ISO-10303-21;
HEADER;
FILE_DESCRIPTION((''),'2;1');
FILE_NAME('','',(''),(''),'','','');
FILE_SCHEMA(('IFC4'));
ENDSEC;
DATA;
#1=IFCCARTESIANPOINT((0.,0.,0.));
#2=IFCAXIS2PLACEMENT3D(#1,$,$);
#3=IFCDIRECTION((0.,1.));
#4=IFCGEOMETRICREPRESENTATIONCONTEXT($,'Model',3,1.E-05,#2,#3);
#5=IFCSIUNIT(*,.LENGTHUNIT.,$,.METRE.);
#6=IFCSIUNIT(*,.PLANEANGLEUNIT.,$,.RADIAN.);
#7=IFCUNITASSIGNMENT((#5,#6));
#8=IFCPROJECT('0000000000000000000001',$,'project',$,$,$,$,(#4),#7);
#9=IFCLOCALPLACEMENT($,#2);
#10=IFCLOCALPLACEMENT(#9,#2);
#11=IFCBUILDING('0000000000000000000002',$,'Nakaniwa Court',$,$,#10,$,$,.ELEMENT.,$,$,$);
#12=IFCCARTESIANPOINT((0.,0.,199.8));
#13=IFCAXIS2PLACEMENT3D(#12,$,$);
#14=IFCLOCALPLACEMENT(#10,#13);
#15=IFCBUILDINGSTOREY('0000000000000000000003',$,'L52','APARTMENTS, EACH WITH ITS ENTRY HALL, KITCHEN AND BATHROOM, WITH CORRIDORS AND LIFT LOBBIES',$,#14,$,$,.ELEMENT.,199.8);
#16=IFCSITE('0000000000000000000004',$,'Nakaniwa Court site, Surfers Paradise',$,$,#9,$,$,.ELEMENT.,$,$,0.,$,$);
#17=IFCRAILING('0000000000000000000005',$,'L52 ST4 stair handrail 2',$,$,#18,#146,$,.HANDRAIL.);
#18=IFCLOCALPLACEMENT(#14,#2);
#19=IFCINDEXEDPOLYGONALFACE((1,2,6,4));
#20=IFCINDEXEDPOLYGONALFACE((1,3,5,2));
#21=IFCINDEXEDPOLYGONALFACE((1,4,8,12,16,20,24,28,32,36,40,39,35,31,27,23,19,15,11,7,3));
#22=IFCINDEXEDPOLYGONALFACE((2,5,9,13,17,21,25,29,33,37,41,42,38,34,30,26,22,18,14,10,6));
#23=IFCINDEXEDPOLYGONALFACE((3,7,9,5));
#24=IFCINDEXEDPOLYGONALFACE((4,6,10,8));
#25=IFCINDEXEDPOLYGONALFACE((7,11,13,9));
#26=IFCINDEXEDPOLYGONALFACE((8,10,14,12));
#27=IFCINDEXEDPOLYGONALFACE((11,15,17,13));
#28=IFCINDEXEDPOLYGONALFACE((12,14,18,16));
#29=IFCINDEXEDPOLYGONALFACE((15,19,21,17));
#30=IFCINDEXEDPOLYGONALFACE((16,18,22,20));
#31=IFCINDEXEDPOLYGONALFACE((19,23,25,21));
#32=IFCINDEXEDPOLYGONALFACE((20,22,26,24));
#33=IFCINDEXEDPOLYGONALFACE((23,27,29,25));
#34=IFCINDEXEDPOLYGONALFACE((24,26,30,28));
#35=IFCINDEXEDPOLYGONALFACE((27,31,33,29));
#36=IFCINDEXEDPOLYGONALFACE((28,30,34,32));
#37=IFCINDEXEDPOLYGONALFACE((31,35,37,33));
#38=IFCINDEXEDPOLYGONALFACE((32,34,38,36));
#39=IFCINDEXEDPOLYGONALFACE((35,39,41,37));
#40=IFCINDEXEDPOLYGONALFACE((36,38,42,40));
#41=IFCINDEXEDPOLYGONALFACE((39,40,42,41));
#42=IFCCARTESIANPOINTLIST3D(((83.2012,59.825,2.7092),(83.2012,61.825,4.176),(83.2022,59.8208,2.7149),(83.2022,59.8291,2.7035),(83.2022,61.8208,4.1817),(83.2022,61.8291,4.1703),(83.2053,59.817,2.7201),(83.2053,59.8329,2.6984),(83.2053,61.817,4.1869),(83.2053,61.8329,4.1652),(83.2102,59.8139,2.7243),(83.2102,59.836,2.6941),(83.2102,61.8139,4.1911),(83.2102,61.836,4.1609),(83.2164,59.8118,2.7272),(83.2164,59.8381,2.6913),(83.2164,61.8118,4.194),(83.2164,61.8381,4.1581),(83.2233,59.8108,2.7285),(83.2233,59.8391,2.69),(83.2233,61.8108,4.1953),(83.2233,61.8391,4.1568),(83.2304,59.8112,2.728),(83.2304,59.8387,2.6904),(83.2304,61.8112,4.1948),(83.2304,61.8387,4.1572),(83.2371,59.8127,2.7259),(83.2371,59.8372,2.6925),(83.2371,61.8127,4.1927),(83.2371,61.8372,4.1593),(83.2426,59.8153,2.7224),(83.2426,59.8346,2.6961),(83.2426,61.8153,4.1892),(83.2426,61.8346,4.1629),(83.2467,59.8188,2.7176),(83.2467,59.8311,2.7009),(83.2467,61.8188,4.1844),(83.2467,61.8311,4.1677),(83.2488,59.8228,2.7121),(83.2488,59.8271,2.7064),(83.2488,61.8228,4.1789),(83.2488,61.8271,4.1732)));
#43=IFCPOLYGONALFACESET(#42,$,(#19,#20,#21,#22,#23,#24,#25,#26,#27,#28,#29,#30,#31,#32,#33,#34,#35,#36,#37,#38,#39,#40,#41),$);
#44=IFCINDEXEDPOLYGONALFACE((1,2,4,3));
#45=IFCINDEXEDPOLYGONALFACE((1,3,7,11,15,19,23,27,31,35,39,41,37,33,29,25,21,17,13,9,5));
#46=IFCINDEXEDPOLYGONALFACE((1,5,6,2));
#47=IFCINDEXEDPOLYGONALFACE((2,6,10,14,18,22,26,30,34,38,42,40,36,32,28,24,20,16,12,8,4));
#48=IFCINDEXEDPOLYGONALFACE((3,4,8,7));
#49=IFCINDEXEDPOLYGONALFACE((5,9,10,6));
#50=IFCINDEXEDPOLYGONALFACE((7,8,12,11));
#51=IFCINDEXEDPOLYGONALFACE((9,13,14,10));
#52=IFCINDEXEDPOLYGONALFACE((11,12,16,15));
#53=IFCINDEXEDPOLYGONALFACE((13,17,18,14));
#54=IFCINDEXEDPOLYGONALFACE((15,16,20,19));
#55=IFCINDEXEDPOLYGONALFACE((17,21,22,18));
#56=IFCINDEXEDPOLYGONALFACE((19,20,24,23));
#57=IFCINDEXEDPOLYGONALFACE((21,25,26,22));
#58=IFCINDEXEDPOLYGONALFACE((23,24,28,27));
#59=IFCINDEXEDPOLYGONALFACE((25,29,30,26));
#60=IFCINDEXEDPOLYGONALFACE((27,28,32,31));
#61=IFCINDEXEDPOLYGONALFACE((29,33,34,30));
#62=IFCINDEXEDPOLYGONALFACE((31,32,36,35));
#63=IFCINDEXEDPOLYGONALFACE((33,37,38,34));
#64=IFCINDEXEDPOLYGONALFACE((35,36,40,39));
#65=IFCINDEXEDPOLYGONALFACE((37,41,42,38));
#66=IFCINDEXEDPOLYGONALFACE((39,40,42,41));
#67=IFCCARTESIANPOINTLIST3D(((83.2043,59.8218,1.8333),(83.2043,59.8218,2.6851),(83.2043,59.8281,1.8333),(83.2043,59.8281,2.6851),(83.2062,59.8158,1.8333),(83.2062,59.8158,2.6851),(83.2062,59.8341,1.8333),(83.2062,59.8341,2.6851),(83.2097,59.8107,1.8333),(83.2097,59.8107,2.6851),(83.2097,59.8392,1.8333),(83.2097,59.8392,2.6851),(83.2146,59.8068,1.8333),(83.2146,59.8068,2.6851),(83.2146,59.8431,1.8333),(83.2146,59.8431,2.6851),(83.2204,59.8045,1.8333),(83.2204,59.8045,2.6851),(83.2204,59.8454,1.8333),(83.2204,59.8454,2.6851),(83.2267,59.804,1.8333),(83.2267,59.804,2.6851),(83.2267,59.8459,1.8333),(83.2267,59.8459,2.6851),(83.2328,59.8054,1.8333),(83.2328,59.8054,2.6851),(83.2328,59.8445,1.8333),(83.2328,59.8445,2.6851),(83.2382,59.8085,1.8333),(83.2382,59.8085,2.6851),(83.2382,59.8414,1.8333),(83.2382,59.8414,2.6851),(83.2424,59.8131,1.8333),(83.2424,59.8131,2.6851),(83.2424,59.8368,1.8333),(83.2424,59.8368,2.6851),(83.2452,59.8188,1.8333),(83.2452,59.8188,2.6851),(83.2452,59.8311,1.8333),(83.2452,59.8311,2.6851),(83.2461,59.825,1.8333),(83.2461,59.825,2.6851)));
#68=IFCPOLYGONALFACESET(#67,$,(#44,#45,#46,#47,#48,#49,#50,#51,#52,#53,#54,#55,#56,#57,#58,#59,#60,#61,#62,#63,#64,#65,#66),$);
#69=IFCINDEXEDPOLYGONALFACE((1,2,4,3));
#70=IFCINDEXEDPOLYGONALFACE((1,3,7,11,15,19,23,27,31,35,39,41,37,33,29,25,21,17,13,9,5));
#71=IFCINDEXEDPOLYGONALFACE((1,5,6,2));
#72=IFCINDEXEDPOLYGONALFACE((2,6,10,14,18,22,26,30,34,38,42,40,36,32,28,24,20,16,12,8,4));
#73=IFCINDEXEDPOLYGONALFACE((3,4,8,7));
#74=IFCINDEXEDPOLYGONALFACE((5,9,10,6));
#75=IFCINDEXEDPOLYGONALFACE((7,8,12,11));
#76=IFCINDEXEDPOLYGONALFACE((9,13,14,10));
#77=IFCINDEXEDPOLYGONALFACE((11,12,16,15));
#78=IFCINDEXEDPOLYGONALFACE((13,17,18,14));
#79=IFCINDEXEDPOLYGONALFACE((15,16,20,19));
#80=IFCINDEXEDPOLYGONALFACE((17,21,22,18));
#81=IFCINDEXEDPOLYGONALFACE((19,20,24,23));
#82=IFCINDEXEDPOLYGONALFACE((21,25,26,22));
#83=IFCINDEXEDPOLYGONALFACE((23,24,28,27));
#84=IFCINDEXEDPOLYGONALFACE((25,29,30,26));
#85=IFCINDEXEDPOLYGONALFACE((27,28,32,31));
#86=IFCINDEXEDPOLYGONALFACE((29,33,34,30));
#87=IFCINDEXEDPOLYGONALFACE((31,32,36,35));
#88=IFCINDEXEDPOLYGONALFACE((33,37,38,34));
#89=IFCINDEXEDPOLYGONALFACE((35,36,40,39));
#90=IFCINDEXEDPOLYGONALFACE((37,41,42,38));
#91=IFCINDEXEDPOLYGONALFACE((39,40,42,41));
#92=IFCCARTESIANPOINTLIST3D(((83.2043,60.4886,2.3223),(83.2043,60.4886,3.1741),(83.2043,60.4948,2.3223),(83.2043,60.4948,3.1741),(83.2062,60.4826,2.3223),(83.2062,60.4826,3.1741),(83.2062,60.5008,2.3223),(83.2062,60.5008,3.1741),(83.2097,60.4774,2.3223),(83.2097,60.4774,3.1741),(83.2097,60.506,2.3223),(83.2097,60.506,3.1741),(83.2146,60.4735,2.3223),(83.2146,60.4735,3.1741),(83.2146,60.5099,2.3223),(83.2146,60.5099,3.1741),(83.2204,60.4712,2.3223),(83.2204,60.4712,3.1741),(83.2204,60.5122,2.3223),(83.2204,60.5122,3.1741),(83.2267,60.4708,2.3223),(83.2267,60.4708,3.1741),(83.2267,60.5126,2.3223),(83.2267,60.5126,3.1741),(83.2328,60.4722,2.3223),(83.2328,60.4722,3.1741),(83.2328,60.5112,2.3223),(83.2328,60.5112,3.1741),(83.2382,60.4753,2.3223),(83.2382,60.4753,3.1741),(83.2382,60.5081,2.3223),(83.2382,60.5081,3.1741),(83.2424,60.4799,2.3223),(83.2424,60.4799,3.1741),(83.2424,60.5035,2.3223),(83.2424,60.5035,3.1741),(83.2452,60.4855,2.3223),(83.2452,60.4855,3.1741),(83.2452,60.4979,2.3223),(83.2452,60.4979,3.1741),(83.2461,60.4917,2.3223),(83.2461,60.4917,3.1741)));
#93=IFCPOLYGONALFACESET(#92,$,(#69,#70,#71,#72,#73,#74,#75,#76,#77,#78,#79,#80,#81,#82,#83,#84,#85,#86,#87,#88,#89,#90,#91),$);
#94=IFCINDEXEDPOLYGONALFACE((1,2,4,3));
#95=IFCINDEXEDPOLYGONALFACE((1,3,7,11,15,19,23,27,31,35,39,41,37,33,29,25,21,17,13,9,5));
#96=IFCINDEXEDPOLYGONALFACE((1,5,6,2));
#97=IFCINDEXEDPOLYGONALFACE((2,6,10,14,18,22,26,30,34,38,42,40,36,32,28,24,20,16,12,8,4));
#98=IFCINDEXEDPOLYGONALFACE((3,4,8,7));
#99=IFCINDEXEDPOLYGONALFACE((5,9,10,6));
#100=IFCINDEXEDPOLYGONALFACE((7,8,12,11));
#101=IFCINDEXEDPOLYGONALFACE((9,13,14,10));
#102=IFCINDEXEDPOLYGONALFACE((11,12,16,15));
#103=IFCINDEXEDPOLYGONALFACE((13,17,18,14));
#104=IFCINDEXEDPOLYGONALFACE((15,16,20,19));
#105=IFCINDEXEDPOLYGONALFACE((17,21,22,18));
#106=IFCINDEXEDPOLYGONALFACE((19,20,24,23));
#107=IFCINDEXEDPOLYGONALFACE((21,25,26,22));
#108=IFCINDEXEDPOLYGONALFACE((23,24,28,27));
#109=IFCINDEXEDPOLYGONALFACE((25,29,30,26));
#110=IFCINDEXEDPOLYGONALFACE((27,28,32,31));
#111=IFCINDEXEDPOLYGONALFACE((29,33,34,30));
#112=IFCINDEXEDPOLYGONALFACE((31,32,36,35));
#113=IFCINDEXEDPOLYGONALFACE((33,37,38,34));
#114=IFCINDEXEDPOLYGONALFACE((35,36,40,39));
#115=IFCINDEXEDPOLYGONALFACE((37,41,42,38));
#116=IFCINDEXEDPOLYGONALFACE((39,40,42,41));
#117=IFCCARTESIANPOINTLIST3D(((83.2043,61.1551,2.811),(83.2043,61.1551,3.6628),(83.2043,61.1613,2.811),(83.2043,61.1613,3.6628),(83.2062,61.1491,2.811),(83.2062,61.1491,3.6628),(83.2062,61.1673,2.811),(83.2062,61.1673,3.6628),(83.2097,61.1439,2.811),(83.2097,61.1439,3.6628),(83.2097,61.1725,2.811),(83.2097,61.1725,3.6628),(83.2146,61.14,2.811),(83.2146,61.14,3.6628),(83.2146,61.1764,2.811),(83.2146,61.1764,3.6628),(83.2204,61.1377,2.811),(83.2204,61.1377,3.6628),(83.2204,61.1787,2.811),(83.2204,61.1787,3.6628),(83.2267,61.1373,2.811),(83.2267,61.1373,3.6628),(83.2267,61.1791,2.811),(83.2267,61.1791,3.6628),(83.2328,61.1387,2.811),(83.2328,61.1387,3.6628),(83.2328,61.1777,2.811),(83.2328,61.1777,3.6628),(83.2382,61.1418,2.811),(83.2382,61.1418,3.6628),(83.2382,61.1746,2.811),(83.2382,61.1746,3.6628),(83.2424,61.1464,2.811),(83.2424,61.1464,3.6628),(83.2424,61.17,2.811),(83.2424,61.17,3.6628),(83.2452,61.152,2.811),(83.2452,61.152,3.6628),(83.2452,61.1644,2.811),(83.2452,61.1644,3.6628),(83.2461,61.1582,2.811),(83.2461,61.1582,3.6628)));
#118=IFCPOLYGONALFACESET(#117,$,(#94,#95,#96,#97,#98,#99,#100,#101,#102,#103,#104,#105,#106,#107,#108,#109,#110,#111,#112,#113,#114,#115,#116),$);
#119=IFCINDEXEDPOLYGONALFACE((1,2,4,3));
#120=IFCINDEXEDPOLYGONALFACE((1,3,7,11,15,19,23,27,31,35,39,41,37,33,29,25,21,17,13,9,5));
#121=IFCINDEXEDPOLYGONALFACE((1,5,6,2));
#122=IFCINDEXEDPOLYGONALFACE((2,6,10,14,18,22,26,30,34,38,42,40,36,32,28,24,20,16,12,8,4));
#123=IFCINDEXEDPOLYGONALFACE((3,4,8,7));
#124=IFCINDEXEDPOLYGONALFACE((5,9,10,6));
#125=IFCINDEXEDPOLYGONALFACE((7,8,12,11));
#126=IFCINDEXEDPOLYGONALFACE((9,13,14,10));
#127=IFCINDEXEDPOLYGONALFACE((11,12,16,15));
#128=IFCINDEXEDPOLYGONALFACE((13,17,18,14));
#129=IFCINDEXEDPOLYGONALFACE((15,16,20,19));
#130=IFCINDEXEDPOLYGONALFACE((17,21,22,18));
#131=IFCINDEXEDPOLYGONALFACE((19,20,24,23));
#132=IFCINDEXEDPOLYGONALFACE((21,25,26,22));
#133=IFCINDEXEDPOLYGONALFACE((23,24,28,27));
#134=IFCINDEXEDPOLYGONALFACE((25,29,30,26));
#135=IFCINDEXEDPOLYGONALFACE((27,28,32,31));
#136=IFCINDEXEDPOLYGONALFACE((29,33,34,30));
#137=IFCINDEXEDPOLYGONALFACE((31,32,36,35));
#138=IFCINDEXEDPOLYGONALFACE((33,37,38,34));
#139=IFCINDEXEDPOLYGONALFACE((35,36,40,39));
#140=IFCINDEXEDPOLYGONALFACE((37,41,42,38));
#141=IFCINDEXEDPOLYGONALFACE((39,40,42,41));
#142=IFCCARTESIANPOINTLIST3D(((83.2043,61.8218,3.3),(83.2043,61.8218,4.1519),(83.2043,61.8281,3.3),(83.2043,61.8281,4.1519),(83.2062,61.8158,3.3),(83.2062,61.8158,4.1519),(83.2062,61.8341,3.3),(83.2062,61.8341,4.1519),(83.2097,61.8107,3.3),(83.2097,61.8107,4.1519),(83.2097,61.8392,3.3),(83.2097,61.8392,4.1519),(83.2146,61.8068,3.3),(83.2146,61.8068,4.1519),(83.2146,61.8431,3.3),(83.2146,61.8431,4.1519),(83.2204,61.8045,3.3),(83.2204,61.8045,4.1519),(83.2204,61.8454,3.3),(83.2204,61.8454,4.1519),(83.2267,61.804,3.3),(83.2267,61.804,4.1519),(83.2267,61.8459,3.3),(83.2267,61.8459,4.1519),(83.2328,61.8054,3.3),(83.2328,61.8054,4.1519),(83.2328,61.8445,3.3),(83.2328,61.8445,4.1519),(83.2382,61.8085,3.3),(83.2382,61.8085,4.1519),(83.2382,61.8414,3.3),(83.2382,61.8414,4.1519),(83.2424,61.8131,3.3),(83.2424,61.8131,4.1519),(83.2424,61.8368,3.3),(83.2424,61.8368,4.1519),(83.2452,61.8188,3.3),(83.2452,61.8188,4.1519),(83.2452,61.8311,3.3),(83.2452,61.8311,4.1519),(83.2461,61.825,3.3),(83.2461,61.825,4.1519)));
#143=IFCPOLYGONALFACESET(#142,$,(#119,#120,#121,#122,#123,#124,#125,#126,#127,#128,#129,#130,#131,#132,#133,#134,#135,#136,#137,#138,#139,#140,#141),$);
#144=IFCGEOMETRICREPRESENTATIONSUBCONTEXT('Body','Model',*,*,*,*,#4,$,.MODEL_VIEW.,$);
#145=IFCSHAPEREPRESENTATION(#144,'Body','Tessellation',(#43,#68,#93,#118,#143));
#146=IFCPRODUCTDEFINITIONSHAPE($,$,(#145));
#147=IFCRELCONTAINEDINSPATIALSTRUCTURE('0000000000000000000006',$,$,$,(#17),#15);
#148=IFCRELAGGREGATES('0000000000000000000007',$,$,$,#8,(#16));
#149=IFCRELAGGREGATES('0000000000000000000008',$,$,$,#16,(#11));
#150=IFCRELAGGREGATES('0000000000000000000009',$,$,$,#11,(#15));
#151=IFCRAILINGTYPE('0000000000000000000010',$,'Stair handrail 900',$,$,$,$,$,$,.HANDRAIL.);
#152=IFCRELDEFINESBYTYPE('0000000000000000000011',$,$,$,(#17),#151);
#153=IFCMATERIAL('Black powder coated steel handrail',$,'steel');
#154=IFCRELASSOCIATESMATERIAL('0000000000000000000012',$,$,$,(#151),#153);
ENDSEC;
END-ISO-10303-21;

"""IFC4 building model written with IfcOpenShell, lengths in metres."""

from ifc_helpers import new_model, si_unit, direction, frame, origin, origin_2d, place, context, subcontext, project, spatial, circle, extrude, material, type_object, element, save


model = new_model("IFC4")

# Units and contexts
model_context = context("Model", 3, precision=1e-05, world=origin(), true_north=direction((0.0, 1.0)))
body_context = subcontext(model_context, "Body", "Model", "MODEL_VIEW")
ifc_project = project(units=[si_unit("LENGTHUNIT", "METRE"), si_unit("PLANEANGLEUNIT", "RADIAN")], contexts=[model_context])

# Site, building, storey
site_placement = place(None, origin())
site = spatial("IfcSite", under=ifc_project, at=site_placement, Name="Nakaniwa Court site, Surfers Paradise", CompositionType="ELEMENT", RefElevation=0.0)
building_placement = place(site_placement, origin())
building = spatial("IfcBuilding", under=site, at=building_placement, Name="Nakaniwa Court", CompositionType="ELEMENT")
storey_placement = place(building_placement, frame((0.0, 0.0, 199.8)))
storey = spatial("IfcBuildingStorey", under=building, at=storey_placement, Name="L52", Description="APARTMENTS, EACH WITH ITS ENTRY HALL, KITCHEN AND BATHROOM, WITH CORRIDORS AND LIFT LOBBIES", CompositionType="ELEMENT", Elevation=199.8)

# Railing
ifc_material_1 = material(Name="Black powder coated steel handrail", Category="steel")
railing_type_1 = type_object("IfcRailingType", Name="Stair handrail 900", PredefinedType="HANDRAIL", material=ifc_material_1)
railing_1_placement = place(storey_placement, frame((83.2251, 59.825, 1.8333)))
element("IfcRailing", 1, at=railing_1_placement, inside=storey, type_object=railing_type_1, Name="L52 ST4 stair handrail 2", PredefinedType="HANDRAIL", context=body_context, shape_type="SweptSolid", body=[
    extrude(circle(Radius=0.0239, at=origin_2d()), frame((0.0, 0.0, 0.876), z_axis=(0.0, 0.80638, 0.591398), x_axis=(-1.0, 0.0, 0.0)), (0.0, 0.0, 1.0), 2.4802),
    extrude(circle(Radius=0.021, at=origin_2d()), origin(), (0.0, 0.0, 1.0), 0.8518),
    extrude(circle(Radius=0.021, at=origin_2d()), frame((0.0, 0.6667, 0.489)), (0.0, 0.0, 1.0), 0.8518),
    extrude(circle(Radius=0.021, at=origin_2d()), frame((0.0, 1.3333, 0.9778)), (0.0, 0.0, 1.0), 0.8518),
    extrude(circle(Radius=0.021, at=origin_2d()), frame((0.0, 2.0, 1.4668)), (0.0, 0.0, 1.0), 0.8518),
])

save(model, "model.ifc")
